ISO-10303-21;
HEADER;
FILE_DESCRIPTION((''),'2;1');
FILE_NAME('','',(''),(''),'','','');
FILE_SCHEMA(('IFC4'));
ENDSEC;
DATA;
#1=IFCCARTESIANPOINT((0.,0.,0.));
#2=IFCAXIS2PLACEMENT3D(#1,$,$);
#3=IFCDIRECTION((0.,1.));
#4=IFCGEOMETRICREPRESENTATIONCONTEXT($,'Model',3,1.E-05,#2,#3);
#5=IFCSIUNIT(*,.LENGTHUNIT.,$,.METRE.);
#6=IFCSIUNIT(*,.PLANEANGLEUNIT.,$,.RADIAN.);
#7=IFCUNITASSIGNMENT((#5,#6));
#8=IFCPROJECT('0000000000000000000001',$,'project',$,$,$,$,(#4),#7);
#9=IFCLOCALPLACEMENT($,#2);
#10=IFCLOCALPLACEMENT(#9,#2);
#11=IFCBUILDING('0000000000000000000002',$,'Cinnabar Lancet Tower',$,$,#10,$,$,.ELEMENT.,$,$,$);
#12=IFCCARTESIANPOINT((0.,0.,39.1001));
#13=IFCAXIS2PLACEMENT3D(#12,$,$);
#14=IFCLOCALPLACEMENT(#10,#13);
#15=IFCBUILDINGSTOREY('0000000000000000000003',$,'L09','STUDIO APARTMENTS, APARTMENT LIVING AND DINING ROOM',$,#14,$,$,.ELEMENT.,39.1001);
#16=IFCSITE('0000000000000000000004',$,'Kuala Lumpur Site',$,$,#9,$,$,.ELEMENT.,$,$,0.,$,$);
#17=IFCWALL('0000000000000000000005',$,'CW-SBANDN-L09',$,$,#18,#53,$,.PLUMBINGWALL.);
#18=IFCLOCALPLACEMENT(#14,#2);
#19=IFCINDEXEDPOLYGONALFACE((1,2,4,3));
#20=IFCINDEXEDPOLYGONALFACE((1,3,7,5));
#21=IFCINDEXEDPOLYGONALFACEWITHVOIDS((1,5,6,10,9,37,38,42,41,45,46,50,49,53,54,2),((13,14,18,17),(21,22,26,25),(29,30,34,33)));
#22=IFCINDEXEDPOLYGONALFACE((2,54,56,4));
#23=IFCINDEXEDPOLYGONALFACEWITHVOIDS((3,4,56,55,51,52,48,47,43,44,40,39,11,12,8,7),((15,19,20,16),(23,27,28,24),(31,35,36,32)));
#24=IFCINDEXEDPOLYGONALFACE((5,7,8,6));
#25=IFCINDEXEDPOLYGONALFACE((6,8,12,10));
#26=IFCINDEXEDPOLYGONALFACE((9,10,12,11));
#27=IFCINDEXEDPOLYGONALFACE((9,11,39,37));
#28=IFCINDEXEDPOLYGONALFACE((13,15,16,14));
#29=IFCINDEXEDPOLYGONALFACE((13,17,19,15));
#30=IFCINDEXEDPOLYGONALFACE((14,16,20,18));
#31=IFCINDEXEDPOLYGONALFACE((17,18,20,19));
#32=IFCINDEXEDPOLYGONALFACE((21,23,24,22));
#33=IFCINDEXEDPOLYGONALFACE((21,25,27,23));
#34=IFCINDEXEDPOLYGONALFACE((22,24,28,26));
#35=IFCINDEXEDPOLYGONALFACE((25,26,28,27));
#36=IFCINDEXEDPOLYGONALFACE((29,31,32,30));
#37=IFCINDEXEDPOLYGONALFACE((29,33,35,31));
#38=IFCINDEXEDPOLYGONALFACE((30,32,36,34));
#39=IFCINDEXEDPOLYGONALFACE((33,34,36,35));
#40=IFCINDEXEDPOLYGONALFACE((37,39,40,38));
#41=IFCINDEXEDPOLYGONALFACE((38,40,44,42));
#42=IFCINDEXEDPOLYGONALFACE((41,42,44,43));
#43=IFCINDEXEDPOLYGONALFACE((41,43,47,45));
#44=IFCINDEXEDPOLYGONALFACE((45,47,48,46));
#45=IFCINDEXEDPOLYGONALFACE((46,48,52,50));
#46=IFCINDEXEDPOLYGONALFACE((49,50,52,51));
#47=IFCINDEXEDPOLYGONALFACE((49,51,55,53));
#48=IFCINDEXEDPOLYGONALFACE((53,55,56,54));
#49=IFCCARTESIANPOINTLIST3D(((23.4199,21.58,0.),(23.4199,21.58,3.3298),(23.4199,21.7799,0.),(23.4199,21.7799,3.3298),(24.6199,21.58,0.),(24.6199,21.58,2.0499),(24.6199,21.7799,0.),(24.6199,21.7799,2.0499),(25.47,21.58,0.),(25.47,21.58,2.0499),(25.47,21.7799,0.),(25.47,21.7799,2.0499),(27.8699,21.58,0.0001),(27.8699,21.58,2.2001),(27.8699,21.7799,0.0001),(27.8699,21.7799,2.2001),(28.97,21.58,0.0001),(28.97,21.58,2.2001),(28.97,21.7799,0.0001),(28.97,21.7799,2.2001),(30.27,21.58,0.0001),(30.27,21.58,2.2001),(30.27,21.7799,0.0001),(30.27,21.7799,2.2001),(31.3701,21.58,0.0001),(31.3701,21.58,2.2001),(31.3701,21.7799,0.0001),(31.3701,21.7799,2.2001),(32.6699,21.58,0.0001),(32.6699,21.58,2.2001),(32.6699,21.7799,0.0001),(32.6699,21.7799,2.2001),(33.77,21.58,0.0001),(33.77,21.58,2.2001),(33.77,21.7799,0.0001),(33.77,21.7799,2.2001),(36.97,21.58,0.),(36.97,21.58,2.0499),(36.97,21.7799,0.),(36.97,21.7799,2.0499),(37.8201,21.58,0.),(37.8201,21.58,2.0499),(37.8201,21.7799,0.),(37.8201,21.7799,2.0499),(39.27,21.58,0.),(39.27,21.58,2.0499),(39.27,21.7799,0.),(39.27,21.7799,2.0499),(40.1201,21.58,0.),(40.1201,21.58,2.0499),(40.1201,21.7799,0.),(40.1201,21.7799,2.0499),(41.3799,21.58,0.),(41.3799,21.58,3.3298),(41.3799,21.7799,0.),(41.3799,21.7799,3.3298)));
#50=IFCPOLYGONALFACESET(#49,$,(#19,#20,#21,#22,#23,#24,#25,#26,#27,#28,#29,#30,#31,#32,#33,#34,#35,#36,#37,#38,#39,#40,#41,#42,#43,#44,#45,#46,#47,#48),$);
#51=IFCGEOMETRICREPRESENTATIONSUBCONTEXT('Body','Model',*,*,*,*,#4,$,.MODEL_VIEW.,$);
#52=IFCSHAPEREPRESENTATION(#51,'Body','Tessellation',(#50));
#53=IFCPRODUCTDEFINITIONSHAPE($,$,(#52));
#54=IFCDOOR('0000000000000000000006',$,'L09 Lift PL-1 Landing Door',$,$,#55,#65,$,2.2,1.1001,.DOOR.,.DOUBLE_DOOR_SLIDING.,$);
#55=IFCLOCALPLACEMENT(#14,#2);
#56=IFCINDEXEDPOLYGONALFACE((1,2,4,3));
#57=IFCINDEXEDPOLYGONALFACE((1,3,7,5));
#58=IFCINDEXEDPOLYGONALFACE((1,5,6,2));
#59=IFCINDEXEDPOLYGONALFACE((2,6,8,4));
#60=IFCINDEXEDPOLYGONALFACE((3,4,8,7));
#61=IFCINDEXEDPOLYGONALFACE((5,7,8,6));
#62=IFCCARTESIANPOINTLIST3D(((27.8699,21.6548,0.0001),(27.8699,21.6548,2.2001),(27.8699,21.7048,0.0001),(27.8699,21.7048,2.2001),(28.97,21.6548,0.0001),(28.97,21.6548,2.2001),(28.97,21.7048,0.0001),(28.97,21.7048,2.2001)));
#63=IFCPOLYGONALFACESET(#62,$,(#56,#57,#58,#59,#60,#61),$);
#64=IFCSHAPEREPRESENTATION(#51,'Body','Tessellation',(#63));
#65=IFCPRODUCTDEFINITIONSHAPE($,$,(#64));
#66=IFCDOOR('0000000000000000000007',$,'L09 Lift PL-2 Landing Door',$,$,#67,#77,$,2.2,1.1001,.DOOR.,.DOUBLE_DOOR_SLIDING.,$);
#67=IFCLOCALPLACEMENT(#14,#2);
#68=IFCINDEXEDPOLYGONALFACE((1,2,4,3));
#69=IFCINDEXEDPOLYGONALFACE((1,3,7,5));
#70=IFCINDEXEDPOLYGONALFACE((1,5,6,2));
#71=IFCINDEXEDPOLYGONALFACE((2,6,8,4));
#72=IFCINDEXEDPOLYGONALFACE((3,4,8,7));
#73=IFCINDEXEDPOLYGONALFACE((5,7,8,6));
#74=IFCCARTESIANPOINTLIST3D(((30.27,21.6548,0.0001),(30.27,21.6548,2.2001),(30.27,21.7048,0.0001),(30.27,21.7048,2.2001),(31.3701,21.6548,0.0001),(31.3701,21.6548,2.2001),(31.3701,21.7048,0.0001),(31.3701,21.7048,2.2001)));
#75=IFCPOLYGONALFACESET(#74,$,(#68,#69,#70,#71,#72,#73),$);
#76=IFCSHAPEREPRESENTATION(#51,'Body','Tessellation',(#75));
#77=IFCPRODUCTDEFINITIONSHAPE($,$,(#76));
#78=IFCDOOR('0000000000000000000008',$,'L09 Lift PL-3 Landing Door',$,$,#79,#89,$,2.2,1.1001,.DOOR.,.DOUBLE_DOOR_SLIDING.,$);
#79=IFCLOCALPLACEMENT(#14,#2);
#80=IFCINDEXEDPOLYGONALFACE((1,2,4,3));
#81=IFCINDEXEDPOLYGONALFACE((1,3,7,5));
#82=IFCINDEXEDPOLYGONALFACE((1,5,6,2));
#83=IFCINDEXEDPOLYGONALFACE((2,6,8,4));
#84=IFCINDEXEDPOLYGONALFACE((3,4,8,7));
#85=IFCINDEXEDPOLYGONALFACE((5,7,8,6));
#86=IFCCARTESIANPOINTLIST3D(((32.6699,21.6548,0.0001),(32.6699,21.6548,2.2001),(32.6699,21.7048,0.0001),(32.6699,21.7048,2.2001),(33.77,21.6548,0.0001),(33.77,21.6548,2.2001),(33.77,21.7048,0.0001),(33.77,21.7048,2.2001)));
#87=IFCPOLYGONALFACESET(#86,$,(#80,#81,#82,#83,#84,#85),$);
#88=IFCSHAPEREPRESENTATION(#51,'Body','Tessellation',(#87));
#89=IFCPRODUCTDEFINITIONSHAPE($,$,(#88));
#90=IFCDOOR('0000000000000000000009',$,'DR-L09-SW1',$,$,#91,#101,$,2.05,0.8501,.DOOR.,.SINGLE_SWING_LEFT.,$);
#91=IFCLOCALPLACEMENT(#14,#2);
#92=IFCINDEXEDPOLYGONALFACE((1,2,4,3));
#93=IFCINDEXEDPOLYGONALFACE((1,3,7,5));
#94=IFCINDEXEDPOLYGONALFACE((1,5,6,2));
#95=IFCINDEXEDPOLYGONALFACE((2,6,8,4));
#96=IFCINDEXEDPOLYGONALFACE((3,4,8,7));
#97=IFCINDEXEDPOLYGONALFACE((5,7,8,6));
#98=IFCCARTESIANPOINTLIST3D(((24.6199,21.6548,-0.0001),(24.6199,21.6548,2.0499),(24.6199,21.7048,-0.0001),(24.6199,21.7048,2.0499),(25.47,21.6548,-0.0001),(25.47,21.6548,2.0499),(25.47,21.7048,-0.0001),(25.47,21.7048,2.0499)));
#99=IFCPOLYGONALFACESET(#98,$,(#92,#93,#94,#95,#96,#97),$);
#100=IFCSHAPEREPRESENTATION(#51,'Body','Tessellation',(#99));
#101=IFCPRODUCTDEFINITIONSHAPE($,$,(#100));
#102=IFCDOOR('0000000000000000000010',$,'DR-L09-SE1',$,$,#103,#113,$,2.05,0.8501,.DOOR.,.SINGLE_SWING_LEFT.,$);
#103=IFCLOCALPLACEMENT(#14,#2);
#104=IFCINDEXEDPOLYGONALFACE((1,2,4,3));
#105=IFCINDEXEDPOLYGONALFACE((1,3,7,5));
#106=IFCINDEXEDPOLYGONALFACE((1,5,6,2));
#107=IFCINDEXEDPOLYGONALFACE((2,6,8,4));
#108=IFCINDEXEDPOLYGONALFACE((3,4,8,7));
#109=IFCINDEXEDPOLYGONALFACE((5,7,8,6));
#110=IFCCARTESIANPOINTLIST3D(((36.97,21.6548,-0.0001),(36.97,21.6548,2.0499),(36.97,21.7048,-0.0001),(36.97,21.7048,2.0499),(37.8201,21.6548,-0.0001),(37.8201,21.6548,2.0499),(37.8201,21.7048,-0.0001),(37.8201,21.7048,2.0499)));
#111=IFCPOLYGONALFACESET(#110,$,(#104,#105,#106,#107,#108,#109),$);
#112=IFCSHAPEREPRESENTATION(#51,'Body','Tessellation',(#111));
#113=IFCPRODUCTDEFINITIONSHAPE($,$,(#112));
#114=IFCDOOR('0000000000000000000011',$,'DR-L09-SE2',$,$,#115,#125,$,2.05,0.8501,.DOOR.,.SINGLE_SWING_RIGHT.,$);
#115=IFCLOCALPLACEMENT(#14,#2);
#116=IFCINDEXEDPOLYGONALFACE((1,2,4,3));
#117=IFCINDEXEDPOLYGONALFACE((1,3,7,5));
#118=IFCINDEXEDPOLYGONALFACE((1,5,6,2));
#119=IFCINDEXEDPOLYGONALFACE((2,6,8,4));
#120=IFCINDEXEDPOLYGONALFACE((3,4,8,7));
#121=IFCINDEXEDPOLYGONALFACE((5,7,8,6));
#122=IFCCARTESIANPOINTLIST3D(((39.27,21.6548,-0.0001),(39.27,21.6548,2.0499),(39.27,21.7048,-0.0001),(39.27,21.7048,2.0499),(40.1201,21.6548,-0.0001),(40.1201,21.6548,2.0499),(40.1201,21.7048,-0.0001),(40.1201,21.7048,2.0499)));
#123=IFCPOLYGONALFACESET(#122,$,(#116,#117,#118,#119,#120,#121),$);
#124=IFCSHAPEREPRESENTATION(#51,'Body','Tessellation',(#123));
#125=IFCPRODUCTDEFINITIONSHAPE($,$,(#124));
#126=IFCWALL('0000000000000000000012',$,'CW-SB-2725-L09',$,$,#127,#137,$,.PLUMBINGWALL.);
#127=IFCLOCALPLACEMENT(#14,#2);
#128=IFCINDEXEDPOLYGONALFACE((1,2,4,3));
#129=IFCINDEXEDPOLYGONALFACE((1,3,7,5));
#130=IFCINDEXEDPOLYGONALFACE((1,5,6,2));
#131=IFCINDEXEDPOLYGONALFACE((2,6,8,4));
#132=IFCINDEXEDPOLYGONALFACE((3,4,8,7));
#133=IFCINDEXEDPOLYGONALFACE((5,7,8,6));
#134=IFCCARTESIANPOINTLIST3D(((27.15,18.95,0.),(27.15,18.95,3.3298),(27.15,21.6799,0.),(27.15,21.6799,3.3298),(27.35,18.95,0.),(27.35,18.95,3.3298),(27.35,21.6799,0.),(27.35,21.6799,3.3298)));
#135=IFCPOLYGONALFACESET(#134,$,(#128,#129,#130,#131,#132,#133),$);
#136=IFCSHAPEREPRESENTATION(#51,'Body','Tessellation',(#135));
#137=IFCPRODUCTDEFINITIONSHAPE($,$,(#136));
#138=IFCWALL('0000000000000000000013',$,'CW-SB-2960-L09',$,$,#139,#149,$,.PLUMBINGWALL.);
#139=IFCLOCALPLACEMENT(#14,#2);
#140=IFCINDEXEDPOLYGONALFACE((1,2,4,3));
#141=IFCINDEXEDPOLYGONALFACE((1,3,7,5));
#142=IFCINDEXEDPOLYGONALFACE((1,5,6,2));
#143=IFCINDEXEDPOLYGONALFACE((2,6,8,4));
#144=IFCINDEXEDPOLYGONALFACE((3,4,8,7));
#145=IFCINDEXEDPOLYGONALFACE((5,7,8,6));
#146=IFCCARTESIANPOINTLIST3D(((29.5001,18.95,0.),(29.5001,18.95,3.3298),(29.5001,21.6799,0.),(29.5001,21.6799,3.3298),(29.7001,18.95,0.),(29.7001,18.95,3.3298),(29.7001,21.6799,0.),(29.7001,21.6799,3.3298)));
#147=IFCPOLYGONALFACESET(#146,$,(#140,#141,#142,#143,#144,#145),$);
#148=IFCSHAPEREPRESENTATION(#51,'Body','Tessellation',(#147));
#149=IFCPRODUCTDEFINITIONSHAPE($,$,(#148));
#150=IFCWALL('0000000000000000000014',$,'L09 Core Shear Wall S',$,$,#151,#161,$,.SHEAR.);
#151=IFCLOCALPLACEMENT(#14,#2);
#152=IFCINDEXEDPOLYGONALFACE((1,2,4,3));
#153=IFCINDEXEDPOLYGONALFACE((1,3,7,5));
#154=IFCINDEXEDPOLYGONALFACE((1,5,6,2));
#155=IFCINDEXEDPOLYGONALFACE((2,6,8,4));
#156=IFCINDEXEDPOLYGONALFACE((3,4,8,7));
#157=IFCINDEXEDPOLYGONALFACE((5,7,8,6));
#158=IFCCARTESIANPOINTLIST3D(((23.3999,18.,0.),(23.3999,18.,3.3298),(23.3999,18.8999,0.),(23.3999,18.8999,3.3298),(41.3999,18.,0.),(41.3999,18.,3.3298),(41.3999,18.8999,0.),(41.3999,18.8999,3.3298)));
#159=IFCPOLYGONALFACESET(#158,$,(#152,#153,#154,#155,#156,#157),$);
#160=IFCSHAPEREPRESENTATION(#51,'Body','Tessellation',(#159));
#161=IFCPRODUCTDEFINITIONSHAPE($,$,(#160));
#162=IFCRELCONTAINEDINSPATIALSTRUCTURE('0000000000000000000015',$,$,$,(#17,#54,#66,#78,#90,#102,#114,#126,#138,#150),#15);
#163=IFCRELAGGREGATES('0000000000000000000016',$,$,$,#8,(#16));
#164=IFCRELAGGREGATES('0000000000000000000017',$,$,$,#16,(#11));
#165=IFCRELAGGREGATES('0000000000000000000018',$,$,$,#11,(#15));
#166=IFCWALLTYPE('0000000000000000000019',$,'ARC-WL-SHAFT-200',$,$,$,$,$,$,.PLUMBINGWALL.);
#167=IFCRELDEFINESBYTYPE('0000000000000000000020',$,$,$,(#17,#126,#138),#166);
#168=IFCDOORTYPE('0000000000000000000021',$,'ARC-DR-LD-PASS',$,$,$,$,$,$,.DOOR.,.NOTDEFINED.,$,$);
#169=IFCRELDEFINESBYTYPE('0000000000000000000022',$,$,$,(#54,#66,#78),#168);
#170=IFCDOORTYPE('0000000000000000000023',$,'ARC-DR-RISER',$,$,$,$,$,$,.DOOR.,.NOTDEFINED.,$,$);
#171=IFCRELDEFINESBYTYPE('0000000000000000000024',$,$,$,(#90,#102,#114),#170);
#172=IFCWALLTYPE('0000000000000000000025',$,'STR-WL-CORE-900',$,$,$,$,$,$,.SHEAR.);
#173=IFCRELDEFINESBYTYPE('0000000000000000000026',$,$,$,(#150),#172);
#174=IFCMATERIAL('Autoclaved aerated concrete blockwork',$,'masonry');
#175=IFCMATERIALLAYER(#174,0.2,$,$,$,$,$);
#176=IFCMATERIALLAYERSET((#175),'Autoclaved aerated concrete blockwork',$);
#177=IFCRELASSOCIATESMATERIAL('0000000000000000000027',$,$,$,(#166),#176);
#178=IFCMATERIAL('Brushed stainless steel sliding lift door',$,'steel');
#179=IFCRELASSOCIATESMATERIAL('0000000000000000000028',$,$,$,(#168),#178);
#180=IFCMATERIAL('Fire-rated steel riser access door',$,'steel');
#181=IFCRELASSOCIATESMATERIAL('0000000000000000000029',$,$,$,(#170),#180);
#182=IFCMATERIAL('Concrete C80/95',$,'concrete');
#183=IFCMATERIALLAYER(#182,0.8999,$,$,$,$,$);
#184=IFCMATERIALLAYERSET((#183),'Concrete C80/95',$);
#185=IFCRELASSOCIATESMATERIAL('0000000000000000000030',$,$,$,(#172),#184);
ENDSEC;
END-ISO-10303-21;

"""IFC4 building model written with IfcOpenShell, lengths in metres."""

from ifc_helpers import new_model, si_unit, direction, frame, frame_2d, origin, place, context, subcontext, project, spatial, rectangle, extrude, material, layer, layer_set, type_object, element, fill, save


model = new_model("IFC4")

# Units and contexts
model_context = context("Model", 3, precision=1e-05, world=origin(), true_north=direction((0.0, 1.0)))
body_context = subcontext(model_context, "Body", "Model", "MODEL_VIEW")
ifc_project = project(units=[si_unit("LENGTHUNIT", "METRE"), si_unit("PLANEANGLEUNIT", "RADIAN")], contexts=[model_context])

# Site, building, storey
site_placement = place(None, origin())
site = spatial("IfcSite", under=ifc_project, at=site_placement, Name="Kuala Lumpur Site", CompositionType="ELEMENT", RefElevation=0.0)
building_placement = place(site_placement, origin())
building = spatial("IfcBuilding", under=site, at=building_placement, Name="Cinnabar Lancet Tower", CompositionType="ELEMENT")
storey_placement = place(building_placement, frame((0.0, 0.0, 39.1001)))
storey = spatial("IfcBuildingStorey", under=building, at=storey_placement, Name="L09", Description="STUDIO APARTMENTS, APARTMENT LIVING AND DINING ROOM", CompositionType="ELEMENT", Elevation=39.1001)

# Shared definitions
ifc_material_1 = material(Name="Autoclaved aerated concrete blockwork", Category="masonry")
ifc_layer_1 = layer(ifc_material_1, 0.2)
ifc_layer_set_1 = layer_set([ifc_layer_1], Name="Autoclaved aerated concrete blockwork")
wall_type_1 = type_object("IfcWallType", Name="ARC-WL-SHAFT-200", PredefinedType="PLUMBINGWALL", material=ifc_layer_set_1)

# Wall, openings, doors
wall_1_placement = place(storey_placement, frame((23.4199, 21.6799, 0.0), z_axis=(0.0, 0.0, 1.0), x_axis=(1.0, 0.0, 0.0)))
wall_1 = element("IfcWall", 1, at=wall_1_placement, inside=storey, type_object=wall_type_1, Name="CW-SBANDN-L09", PredefinedType="PLUMBINGWALL", context=body_context, shape_type="SweptSolid", body=[
    extrude(rectangle(XDim=17.96, YDim=0.2, at=frame_2d((8.98, 0.0))), origin(), (0.0, 0.0, 1.0), 3.3298),
])
opening_1_placement = place(wall_1_placement, frame((4.45, 0.0, 0.0)))
opening_1 = element("IfcOpeningElement", 2, at=opening_1_placement, cuts=wall_1, PredefinedType="OPENING", context=body_context, shape_type="SweptSolid", body=[
    extrude(rectangle(XDim=1.1001, YDim=2.2, at=frame_2d((0.55, 1.1001))), frame((0.0, 0.1099, 0.0), z_axis=(0.0, -1.0, 0.0), x_axis=(1.0, 0.0, 0.0)), (0.0, 0.0, 1.0), 0.22),
])
opening_2_placement = place(wall_1_placement, frame((6.8501, 0.0, 0.0)))
opening_2 = element("IfcOpeningElement", 3, at=opening_2_placement, cuts=wall_1, PredefinedType="OPENING", context=body_context, shape_type="SweptSolid", body=[
    extrude(rectangle(XDim=1.1001, YDim=2.2, at=frame_2d((0.55, 1.1001))), frame((0.0, 0.1099, 0.0), z_axis=(0.0, -1.0, 0.0), x_axis=(1.0, 0.0, 0.0)), (0.0, 0.0, 1.0), 0.22),
])
opening_3_placement = place(wall_1_placement, frame((9.25, 0.0, 0.0)))
opening_3 = element("IfcOpeningElement", 4, at=opening_3_placement, cuts=wall_1, PredefinedType="OPENING", context=body_context, shape_type="SweptSolid", body=[
    extrude(rectangle(XDim=1.1001, YDim=2.2, at=frame_2d((0.55, 1.1001))), frame((0.0, 0.1099, 0.0), z_axis=(0.0, -1.0, 0.0), x_axis=(1.0, 0.0, 0.0)), (0.0, 0.0, 1.0), 0.22),
])
opening_4_placement = place(wall_1_placement, frame((1.2, 0.0, 0.0)))
opening_4 = element("IfcOpeningElement", 5, at=opening_4_placement, cuts=wall_1, PredefinedType="OPENING", context=body_context, shape_type="SweptSolid", body=[
    extrude(rectangle(XDim=0.8501, YDim=2.05, at=frame_2d((0.425, 1.0249))), frame((0.0, 0.1099, 0.0), z_axis=(0.0, -1.0, 0.0), x_axis=(1.0, 0.0, 0.0)), (0.0, 0.0, 1.0), 0.22),
])
opening_5_placement = place(wall_1_placement, frame((13.55, 0.0, 0.0)))
opening_5 = element("IfcOpeningElement", 6, at=opening_5_placement, cuts=wall_1, PredefinedType="OPENING", context=body_context, shape_type="SweptSolid", body=[
    extrude(rectangle(XDim=0.8501, YDim=2.05, at=frame_2d((0.425, 1.0249))), frame((0.0, 0.1099, 0.0), z_axis=(0.0, -1.0, 0.0), x_axis=(1.0, 0.0, 0.0)), (0.0, 0.0, 1.0), 0.22),
])
opening_6_placement = place(wall_1_placement, frame((15.8501, 0.0, 0.0)))
opening_6 = element("IfcOpeningElement", 7, at=opening_6_placement, cuts=wall_1, PredefinedType="OPENING", context=body_context, shape_type="SweptSolid", body=[
    extrude(rectangle(XDim=0.8501, YDim=2.05, at=frame_2d((0.425, 1.0249))), frame((0.0, 0.1099, 0.0), z_axis=(0.0, -1.0, 0.0), x_axis=(1.0, 0.0, 0.0)), (0.0, 0.0, 1.0), 0.22),
])
ifc_material_2 = material(Name="Brushed stainless steel sliding lift door", Category="steel")
door_type_1 = type_object("IfcDoorType", Name="ARC-DR-LD-PASS", OperationType="NOTDEFINED", PredefinedType="DOOR", material=ifc_material_2)
door_1_placement = place(opening_1_placement, origin())
door_1 = element("IfcDoor", 8, at=door_1_placement, inside=storey, type_object=door_type_1, Name="L09 Lift PL-1 Landing Door", OperationType="DOUBLE_DOOR_SLIDING", OverallHeight=2.2, OverallWidth=1.1001, PredefinedType="DOOR", context=body_context, shape_type="SweptSolid", body=[
    extrude(rectangle(XDim=1.1001, YDim=2.2, at=frame_2d((0.55, 1.1001))), frame((0.0, 0.0249, 0.0), z_axis=(0.0, -1.0, 0.0), x_axis=(1.0, 0.0, 0.0)), (0.0, 0.0, 1.0), 0.05),
])
fill(opening_1, door_1)
door_2_placement = place(opening_2_placement, origin())
door_2 = element("IfcDoor", 9, at=door_2_placement, inside=storey, type_object=door_type_1, Name="L09 Lift PL-2 Landing Door", OperationType="DOUBLE_DOOR_SLIDING", OverallHeight=2.2, OverallWidth=1.1001, PredefinedType="DOOR", context=body_context, shape_type="SweptSolid", body=[
    extrude(rectangle(XDim=1.1001, YDim=2.2, at=frame_2d((0.55, 1.1001))), frame((0.0, 0.0249, 0.0), z_axis=(0.0, -1.0, 0.0), x_axis=(1.0, 0.0, 0.0)), (0.0, 0.0, 1.0), 0.05),
])
fill(opening_2, door_2)
door_3_placement = place(opening_3_placement, origin())
door_3 = element("IfcDoor", 10, at=door_3_placement, inside=storey, type_object=door_type_1, Name="L09 Lift PL-3 Landing Door", OperationType="DOUBLE_DOOR_SLIDING", OverallHeight=2.2, OverallWidth=1.1001, PredefinedType="DOOR", context=body_context, shape_type="SweptSolid", body=[
    extrude(rectangle(XDim=1.1001, YDim=2.2, at=frame_2d((0.55, 1.1001))), frame((0.0, 0.0249, 0.0), z_axis=(0.0, -1.0, 0.0), x_axis=(1.0, 0.0, 0.0)), (0.0, 0.0, 1.0), 0.05),
])
fill(opening_3, door_3)
ifc_material_3 = material(Name="Fire-rated steel riser access door", Category="steel")
door_type_2 = type_object("IfcDoorType", Name="ARC-DR-RISER", OperationType="NOTDEFINED", PredefinedType="DOOR", material=ifc_material_3)
door_4_placement = place(opening_4_placement, origin())
door_4 = element("IfcDoor", 11, at=door_4_placement, inside=storey, type_object=door_type_2, Name="DR-L09-SW1", OperationType="SINGLE_SWING_LEFT", OverallHeight=2.05, OverallWidth=0.8501, PredefinedType="DOOR", context=body_context, shape_type="SweptSolid", body=[
    extrude(rectangle(XDim=0.8501, YDim=2.05, at=frame_2d((0.425, 1.0249))), frame((0.0, 0.0249, 0.0), z_axis=(0.0, -1.0, 0.0), x_axis=(1.0, 0.0, 0.0)), (0.0, 0.0, 1.0), 0.05),
])
fill(opening_4, door_4)
door_5_placement = place(opening_5_placement, origin())
door_5 = element("IfcDoor", 12, at=door_5_placement, inside=storey, type_object=door_type_2, Name="DR-L09-SE1", OperationType="SINGLE_SWING_LEFT", OverallHeight=2.05, OverallWidth=0.8501, PredefinedType="DOOR", context=body_context, shape_type="SweptSolid", body=[
    extrude(rectangle(XDim=0.8501, YDim=2.05, at=frame_2d((0.425, 1.0249))), frame((0.0, 0.0249, 0.0), z_axis=(0.0, -1.0, 0.0), x_axis=(1.0, 0.0, 0.0)), (0.0, 0.0, 1.0), 0.05),
])
fill(opening_5, door_5)
door_6_placement = place(opening_6_placement, origin())
door_6 = element("IfcDoor", 13, at=door_6_placement, inside=storey, type_object=door_type_2, Name="DR-L09-SE2", OperationType="SINGLE_SWING_RIGHT", OverallHeight=2.05, OverallWidth=0.8501, PredefinedType="DOOR", context=body_context, shape_type="SweptSolid", body=[
    extrude(rectangle(XDim=0.8501, YDim=2.05, at=frame_2d((0.425, 1.0249))), frame((0.0, 0.0249, 0.0), z_axis=(0.0, -1.0, 0.0), x_axis=(1.0, 0.0, 0.0)), (0.0, 0.0, 1.0), 0.05),
])
fill(opening_6, door_6)

# Walls
for number, where, z_axis, x_axis, name in (
    (14, (27.25, 18.95, 0.0), (0.0, 0.0, 1.0), (0.0, 1.0, 0.0), "CW-SB-2725-L09"),
    (15, (29.6001, 18.95, 0.0), (0.0, 0.0, 1.0), (0.0, 1.0, 0.0), "CW-SB-2960-L09"),
):
    element("IfcWall", number, at=place(storey_placement, frame(where, z_axis=z_axis, x_axis=x_axis)), inside=storey, type_object=wall_type_1, Name=name, PredefinedType="PLUMBINGWALL", context=body_context, shape_type="SweptSolid", body=[
        extrude(rectangle(XDim=2.73, YDim=0.2, at=frame_2d((1.365, 0.0))), origin(), (0.0, 0.0, 1.0), 3.3298),
    ])
ifc_material_4 = material(Name="Concrete C80/95", Category="concrete")
ifc_layer_2 = layer(ifc_material_4, 0.8999)
ifc_layer_set_2 = layer_set([ifc_layer_2], Name="Concrete C80/95")
wall_type_2 = type_object("IfcWallType", Name="STR-WL-CORE-900", PredefinedType="SHEAR", material=ifc_layer_set_2)
wall_2_placement = place(storey_placement, frame((23.3999, 18.45, 0.0), z_axis=(0.0, 0.0, 1.0), x_axis=(1.0, 0.0, 0.0)))
element("IfcWall", 16, at=wall_2_placement, inside=storey, type_object=wall_type_2, Name="L09 Core Shear Wall S", PredefinedType="SHEAR", context=body_context, shape_type="SweptSolid", body=[
    extrude(rectangle(XDim=18.0, YDim=0.8999, at=frame_2d((9.0, 0.0))), origin(), (0.0, 0.0, 1.0), 3.3298),
])

save(model, "model.ifc")
